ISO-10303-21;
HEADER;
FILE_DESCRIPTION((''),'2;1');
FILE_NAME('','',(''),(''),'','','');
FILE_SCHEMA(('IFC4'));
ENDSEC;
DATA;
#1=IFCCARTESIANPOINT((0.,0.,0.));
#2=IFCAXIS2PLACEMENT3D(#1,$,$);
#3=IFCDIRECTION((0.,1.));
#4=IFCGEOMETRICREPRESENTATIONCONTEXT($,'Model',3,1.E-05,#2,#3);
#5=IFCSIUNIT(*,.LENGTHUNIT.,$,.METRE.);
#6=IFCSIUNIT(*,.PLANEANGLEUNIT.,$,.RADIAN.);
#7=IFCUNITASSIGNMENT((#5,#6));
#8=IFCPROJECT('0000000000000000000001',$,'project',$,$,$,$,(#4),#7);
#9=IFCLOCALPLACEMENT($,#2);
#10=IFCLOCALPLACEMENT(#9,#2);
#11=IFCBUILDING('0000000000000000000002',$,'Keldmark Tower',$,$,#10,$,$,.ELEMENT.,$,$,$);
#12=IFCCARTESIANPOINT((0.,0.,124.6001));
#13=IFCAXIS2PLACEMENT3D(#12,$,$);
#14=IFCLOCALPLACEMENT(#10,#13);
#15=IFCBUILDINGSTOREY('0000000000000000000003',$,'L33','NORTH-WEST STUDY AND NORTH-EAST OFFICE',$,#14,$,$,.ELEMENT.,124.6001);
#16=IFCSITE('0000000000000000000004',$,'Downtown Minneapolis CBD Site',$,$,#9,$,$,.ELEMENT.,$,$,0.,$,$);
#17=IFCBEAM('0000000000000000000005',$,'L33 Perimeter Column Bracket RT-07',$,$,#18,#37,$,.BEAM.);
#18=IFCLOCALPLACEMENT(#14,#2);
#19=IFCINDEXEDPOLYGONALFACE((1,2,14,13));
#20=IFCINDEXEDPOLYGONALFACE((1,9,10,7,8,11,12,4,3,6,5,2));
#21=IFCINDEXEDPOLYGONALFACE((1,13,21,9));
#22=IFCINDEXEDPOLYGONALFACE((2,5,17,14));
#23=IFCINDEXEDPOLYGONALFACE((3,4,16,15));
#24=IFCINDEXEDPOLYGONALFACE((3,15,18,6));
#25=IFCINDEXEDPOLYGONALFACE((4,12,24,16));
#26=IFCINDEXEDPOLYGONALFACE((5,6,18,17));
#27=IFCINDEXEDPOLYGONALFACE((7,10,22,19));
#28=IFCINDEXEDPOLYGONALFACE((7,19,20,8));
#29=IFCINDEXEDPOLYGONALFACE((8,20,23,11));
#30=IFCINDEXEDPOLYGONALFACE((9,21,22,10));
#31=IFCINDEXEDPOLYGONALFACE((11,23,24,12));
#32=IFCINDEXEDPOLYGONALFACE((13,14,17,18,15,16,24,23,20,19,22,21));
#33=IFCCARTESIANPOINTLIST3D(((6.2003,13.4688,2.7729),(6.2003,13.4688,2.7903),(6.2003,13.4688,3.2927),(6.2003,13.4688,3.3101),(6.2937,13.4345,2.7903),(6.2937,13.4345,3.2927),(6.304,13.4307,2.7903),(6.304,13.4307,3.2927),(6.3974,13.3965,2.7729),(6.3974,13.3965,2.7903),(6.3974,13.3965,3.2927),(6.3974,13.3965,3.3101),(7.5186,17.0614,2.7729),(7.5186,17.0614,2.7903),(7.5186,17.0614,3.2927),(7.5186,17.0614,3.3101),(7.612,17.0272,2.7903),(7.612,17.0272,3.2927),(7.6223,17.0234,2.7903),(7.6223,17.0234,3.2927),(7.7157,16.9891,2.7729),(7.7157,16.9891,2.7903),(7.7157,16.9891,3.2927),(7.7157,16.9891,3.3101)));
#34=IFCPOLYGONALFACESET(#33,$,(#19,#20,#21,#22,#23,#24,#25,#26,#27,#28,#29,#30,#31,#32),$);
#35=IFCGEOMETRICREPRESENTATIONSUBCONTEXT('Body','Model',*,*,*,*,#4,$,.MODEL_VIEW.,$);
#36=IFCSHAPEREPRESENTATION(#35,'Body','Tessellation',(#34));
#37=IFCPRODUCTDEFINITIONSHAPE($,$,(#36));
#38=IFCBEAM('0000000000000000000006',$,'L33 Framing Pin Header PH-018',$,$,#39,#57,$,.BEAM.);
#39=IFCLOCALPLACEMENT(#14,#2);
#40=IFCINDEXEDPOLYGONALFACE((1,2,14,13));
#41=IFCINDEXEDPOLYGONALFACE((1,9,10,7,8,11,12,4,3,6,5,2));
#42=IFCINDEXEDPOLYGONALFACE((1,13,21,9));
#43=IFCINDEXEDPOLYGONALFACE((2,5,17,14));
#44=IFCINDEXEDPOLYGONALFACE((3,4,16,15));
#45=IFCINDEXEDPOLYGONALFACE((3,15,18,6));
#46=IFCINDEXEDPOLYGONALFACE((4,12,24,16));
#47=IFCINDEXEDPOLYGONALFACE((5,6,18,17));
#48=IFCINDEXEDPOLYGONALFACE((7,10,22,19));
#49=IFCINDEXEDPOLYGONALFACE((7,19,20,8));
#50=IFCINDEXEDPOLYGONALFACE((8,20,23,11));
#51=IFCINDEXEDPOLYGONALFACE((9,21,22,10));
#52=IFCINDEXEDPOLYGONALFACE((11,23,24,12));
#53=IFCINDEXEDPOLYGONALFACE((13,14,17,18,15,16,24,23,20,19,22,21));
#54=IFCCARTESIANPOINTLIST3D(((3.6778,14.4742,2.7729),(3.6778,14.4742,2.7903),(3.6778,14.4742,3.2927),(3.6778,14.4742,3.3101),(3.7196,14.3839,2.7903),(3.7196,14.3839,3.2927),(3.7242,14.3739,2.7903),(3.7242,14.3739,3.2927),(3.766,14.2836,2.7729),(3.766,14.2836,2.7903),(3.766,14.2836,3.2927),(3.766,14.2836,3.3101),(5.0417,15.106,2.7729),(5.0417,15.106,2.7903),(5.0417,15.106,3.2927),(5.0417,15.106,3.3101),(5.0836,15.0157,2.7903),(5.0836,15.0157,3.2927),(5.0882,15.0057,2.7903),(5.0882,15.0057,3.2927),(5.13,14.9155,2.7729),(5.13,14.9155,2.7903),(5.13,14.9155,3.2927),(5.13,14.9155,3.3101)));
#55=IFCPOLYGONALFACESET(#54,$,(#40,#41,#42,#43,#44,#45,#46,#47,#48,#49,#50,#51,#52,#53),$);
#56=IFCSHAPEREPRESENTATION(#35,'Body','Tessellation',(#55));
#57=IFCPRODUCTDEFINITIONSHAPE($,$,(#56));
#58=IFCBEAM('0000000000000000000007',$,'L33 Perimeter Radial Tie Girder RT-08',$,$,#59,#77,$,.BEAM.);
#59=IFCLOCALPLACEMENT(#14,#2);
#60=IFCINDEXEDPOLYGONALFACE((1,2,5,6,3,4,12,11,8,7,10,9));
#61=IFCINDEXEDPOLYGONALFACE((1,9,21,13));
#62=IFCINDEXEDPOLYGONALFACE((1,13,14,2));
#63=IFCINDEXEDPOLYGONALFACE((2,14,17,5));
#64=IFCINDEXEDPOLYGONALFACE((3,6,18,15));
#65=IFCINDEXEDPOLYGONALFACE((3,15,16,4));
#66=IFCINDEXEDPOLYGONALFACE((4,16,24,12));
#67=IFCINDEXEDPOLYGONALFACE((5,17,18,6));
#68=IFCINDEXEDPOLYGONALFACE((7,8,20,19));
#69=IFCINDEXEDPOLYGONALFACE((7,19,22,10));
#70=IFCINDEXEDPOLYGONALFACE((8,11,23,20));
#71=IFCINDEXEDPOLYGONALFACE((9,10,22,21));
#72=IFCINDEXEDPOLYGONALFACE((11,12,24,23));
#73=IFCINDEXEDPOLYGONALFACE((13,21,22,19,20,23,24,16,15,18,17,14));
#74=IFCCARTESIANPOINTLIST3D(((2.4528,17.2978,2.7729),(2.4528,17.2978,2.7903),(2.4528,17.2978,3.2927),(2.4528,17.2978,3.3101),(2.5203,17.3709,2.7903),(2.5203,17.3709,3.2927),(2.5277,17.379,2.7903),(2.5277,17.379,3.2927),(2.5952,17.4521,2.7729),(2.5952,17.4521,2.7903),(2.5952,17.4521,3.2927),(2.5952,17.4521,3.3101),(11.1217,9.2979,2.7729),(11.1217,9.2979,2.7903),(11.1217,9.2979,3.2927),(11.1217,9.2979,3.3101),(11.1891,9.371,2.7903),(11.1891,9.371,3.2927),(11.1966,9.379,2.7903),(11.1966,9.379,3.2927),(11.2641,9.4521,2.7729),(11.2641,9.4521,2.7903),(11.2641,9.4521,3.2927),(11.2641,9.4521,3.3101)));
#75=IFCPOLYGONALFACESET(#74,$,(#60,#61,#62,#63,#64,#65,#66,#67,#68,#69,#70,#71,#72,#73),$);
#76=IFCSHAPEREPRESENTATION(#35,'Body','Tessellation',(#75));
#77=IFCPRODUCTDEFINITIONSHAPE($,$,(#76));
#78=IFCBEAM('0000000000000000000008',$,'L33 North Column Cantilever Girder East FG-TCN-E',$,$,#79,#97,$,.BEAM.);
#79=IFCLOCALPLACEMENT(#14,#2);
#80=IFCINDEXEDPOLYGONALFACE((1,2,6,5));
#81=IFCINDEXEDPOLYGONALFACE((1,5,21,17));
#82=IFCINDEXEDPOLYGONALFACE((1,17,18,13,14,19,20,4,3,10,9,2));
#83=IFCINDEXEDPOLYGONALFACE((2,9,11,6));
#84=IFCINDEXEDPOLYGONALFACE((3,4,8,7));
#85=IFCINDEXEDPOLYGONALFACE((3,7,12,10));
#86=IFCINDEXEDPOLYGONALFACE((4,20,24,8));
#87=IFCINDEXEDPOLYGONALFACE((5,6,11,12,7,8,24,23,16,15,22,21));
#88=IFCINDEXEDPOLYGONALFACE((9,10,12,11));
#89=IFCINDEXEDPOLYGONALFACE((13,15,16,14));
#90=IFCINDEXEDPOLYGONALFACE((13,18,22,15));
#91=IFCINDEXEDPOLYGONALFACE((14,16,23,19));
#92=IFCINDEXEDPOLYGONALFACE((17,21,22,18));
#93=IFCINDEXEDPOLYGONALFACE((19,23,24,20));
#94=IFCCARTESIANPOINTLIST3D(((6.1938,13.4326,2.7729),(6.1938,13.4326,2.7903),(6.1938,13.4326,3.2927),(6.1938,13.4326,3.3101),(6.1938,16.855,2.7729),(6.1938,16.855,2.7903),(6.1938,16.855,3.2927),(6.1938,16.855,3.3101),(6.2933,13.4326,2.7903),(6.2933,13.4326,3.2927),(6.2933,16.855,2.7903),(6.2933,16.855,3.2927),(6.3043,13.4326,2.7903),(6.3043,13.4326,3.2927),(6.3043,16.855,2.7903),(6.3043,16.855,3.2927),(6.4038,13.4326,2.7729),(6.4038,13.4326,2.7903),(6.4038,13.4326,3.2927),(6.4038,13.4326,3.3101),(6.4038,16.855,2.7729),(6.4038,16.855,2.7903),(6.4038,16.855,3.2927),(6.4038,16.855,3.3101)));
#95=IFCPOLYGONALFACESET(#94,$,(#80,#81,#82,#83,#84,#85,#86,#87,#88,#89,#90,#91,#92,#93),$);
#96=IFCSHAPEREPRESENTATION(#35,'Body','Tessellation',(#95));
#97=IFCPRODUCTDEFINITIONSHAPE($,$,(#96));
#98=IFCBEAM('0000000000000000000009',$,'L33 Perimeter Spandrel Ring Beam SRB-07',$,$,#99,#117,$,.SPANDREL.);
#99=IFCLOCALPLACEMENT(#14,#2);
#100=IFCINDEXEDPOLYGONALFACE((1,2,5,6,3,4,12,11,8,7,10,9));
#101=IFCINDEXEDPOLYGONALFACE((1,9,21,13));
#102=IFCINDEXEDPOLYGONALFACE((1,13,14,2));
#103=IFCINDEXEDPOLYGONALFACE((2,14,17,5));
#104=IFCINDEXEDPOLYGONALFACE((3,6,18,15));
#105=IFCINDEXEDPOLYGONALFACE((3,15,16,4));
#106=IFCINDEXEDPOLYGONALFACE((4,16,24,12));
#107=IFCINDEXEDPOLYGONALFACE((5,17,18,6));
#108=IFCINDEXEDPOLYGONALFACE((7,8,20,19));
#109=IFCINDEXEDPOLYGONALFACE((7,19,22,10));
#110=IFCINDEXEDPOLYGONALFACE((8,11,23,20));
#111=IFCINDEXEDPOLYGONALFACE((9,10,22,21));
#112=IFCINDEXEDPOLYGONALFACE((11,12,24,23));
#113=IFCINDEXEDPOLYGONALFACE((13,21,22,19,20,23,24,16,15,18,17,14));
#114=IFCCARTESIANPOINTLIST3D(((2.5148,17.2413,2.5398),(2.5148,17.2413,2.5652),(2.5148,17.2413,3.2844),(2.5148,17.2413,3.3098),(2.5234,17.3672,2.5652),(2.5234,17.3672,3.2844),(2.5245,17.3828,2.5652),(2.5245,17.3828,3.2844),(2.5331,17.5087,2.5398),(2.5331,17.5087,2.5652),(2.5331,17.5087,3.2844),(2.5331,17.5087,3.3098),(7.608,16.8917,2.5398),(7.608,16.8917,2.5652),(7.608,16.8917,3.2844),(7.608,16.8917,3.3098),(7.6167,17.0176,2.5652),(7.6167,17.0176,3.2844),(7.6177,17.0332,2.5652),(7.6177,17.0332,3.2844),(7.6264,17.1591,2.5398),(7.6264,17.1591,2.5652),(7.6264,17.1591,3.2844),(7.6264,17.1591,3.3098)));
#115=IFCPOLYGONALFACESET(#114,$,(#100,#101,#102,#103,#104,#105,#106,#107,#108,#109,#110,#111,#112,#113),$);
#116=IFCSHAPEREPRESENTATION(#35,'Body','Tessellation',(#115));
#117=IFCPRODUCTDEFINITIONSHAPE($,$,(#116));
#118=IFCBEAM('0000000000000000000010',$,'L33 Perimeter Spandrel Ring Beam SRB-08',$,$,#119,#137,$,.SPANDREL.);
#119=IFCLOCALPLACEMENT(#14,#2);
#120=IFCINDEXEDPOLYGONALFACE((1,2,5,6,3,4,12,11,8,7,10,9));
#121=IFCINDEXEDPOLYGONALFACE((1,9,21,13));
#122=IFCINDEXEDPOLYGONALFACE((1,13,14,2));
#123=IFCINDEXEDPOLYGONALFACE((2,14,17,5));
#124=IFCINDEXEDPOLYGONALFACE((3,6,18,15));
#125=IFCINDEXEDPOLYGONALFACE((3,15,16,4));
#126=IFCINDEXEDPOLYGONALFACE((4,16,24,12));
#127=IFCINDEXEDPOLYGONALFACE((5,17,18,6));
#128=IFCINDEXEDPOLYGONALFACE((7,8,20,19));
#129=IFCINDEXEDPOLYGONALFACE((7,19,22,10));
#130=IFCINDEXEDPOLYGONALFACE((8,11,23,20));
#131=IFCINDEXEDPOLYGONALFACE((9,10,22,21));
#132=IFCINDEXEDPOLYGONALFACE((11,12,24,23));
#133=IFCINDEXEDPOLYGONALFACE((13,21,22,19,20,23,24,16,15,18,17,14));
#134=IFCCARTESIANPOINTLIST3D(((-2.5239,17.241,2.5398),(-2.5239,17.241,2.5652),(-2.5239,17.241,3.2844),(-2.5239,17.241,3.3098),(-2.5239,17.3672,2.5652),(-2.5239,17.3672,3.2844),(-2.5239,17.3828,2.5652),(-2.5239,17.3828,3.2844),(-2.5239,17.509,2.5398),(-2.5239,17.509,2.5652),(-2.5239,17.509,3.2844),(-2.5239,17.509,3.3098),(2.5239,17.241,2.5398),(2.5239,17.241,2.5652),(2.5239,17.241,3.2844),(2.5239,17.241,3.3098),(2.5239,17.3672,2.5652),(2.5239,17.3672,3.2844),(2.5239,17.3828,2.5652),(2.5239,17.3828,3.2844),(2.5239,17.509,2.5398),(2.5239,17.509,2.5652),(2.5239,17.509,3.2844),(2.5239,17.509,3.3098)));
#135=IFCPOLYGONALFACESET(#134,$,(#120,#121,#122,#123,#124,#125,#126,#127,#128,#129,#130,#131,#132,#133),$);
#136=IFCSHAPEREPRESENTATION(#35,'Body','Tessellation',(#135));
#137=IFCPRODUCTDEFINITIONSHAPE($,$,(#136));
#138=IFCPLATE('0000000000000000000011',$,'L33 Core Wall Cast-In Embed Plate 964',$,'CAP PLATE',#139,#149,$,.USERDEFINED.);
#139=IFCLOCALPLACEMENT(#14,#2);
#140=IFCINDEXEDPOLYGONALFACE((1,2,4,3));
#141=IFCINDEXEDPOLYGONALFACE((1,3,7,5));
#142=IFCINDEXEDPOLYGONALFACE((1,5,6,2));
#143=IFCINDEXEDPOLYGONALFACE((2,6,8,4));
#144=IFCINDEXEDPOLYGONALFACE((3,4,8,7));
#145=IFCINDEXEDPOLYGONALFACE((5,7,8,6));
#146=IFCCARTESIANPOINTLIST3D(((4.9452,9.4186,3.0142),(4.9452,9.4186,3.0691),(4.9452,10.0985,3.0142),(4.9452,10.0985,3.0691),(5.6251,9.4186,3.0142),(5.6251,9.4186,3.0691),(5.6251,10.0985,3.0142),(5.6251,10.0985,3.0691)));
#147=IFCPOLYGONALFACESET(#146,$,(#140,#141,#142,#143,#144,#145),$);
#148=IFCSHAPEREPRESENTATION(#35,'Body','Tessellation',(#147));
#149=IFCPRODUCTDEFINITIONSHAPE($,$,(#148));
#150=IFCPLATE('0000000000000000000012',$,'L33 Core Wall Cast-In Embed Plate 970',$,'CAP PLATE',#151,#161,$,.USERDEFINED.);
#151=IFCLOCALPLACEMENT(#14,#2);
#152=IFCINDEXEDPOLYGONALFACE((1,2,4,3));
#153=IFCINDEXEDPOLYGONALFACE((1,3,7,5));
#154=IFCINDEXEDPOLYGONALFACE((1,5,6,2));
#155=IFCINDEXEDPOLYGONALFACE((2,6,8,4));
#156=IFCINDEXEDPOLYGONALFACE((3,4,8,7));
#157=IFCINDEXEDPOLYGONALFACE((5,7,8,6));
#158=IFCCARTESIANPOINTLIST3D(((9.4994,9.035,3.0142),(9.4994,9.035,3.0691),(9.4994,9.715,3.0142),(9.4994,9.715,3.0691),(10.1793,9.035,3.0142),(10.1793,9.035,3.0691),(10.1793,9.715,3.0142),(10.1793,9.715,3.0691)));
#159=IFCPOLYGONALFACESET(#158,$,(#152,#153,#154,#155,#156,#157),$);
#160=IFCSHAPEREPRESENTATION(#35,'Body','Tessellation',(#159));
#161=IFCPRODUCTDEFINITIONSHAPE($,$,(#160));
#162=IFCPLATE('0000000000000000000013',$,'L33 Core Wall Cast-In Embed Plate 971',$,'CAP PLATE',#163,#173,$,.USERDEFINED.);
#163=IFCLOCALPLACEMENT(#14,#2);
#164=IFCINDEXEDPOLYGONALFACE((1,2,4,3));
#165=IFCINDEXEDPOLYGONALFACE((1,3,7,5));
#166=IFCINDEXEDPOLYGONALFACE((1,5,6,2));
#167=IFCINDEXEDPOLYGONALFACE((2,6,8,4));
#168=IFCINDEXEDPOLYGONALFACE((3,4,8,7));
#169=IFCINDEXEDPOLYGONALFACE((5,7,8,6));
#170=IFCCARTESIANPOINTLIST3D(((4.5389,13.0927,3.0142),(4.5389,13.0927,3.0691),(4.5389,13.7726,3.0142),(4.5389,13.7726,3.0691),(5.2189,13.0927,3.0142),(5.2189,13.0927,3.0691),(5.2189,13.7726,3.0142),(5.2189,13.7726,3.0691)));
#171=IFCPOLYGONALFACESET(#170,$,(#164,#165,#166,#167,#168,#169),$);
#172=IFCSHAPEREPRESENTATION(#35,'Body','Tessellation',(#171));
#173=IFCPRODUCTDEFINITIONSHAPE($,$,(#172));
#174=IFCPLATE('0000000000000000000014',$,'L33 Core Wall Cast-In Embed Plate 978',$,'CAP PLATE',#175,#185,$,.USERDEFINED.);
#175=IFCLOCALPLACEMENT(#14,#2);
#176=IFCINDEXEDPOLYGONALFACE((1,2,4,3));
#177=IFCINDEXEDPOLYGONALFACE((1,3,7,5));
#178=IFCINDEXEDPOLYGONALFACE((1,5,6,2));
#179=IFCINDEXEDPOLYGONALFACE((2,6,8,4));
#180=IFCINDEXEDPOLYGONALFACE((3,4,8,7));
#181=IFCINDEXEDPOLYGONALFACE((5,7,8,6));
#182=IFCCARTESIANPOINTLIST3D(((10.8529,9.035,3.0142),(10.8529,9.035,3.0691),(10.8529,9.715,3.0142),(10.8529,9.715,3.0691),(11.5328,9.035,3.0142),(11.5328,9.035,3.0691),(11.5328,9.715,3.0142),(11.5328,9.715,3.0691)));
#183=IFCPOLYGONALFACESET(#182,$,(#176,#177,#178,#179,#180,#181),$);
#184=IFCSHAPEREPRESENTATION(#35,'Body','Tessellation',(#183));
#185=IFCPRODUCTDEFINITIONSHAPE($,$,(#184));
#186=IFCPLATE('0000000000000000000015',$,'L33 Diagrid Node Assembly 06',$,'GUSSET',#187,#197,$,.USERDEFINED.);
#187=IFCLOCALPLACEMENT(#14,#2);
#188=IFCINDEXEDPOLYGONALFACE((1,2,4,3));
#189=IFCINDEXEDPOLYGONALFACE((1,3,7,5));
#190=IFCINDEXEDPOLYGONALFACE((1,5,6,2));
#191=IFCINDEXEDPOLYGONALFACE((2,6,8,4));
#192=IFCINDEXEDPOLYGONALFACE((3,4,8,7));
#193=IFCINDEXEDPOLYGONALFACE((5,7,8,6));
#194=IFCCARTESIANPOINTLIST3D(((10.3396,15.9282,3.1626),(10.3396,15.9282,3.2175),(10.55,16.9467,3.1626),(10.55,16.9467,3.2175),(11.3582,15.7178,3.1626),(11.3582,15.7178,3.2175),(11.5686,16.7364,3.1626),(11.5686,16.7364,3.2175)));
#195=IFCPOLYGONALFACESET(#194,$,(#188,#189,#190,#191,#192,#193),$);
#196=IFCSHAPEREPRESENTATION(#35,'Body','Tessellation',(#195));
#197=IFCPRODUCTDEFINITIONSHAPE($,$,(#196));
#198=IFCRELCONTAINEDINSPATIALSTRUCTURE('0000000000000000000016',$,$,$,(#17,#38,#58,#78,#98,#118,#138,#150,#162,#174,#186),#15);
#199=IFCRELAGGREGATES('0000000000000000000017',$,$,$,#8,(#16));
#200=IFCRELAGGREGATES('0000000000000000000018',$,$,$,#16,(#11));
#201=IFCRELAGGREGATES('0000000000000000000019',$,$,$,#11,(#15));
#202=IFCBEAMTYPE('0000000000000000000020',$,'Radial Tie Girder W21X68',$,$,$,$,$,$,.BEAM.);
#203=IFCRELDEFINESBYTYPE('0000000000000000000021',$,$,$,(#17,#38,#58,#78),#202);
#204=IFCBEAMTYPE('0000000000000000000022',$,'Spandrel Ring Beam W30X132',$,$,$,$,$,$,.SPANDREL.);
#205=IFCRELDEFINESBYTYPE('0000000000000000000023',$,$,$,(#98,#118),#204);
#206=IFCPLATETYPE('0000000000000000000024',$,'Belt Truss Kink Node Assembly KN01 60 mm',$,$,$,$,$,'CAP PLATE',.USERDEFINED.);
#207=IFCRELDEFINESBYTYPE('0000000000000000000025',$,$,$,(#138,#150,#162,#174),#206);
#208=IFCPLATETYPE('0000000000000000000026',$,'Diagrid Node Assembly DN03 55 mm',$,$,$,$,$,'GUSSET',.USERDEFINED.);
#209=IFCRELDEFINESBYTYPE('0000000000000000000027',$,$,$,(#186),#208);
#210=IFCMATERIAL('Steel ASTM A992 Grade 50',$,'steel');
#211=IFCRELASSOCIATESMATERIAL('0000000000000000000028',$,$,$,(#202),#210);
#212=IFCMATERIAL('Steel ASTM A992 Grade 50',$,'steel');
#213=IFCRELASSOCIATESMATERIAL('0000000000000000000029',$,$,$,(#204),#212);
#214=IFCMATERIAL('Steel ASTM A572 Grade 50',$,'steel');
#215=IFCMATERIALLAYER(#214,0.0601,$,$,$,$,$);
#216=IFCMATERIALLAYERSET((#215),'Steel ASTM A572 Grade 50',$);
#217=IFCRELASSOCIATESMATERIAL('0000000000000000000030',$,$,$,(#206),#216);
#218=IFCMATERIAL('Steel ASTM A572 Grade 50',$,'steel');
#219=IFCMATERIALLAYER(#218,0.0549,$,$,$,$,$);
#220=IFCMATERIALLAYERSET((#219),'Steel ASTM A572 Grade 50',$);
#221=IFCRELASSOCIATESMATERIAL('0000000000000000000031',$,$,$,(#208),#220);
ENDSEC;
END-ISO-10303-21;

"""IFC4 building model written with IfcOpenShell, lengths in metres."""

from ifc_helpers import new_model, si_unit, direction, frame, origin, origin_2d, place, context, subcontext, project, spatial, rectangle, i_section, extrude, material, layer, layer_set, material_profile, profile_set, type_object, element, save


model = new_model("IFC4")

# Units and contexts
model_context = context("Model", 3, precision=1e-05, world=origin(), true_north=direction((0.0, 1.0)))
body_context = subcontext(model_context, "Body", "Model", "MODEL_VIEW")
ifc_project = project(units=[si_unit("LENGTHUNIT", "METRE"), si_unit("PLANEANGLEUNIT", "RADIAN")], contexts=[model_context])

# Site, building, storey
site_placement = place(None, origin())
site = spatial("IfcSite", under=ifc_project, at=site_placement, Name="Downtown Minneapolis CBD Site", CompositionType="ELEMENT", RefElevation=0.0)
building_placement = place(site_placement, origin())
building = spatial("IfcBuilding", under=site, at=building_placement, Name="Keldmark Tower", CompositionType="ELEMENT")
storey_placement = place(building_placement, frame((0.0, 0.0, 124.6001)))
storey = spatial("IfcBuildingStorey", under=building, at=storey_placement, Name="L33", Description="NORTH-WEST STUDY AND NORTH-EAST OFFICE", CompositionType="ELEMENT", Elevation=124.6001)

# Beams
ifc_material_1 = material(Name="Steel ASTM A992 Grade 50", Category="steel")
ifc_material_profile_1 = material_profile(ifc_material_1, i_section(OverallWidth=0.21, OverallDepth=0.5371, WebThickness=0.011, FlangeThickness=0.0173, at=origin_2d()), Name="W21X68")
ifc_profile_set_1 = profile_set([ifc_material_profile_1], Name="Steel ASTM A992 Grade 50")
beam_type_1 = type_object("IfcBeamType", Name="Radial Tie Girder W21X68", PredefinedType="BEAM", material=ifc_profile_set_1)
beam_1_placement = place(storey_placement, frame((6.2988, 13.4326, 3.0415), z_axis=(0.344487, 0.938791, 0.0), x_axis=(-0.938791, 0.344487, 0.0)))
element("IfcBeam", 1, at=beam_1_placement, inside=storey, type_object=beam_type_1, Name="L33 Perimeter Column Bracket RT-07", PredefinedType="BEAM", context=body_context, shape_type="SweptSolid", body=[
    extrude(i_section(OverallWidth=0.21, OverallDepth=0.5371, WebThickness=0.011, FlangeThickness=0.0173, at=origin_2d()), origin(), (0.0, 0.0, 1.0), 3.8269),
])
beam_2_placement = place(storey_placement, frame((3.7219, 14.3789, 3.0415), z_axis=(0.907379, 0.420314, 0.0), x_axis=(-0.420314, 0.907379, 0.0)))
element("IfcBeam", 2, at=beam_2_placement, inside=storey, type_object=beam_type_1, Name="L33 Framing Pin Header PH-018", PredefinedType="BEAM", context=body_context, shape_type="SweptSolid", body=[
    extrude(i_section(OverallWidth=0.21, OverallDepth=0.5371, WebThickness=0.011, FlangeThickness=0.0173, at=origin_2d()), origin(), (0.0, 0.0, 1.0), 1.5032),
])
beam_3_placement = place(storey_placement, frame((11.1929, 9.375, 3.0415), z_axis=(-0.734892, 0.678184, 0.0), x_axis=(-0.678184, -0.734892, 0.0)))
element("IfcBeam", 3, at=beam_3_placement, inside=storey, type_object=beam_type_1, Name="L33 Perimeter Radial Tie Girder RT-08", PredefinedType="BEAM", context=body_context, shape_type="SweptSolid", body=[
    extrude(i_section(OverallWidth=0.21, OverallDepth=0.5371, WebThickness=0.011, FlangeThickness=0.0173, at=origin_2d()), origin(), (0.0, 0.0, 1.0), 11.7961),
])
beam_4_placement = place(storey_placement, frame((6.2988, 13.4326, 3.0415), z_axis=(0.0, 1.0, 0.0), x_axis=(-1.0, 0.0, 0.0)))
element("IfcBeam", 4, at=beam_4_placement, inside=storey, type_object=beam_type_1, Name="L33 North Column Cantilever Girder East FG-TCN-E", PredefinedType="BEAM", context=body_context, shape_type="SweptSolid", body=[
    extrude(i_section(OverallWidth=0.21, OverallDepth=0.5371, WebThickness=0.011, FlangeThickness=0.0173, at=origin_2d()), origin(), (0.0, 0.0, 1.0), 3.4224),
])
ifc_material_2 = material(Name="Steel ASTM A992 Grade 50", Category="steel")
ifc_material_profile_2 = material_profile(ifc_material_2, i_section(OverallWidth=0.2681, OverallDepth=0.77, WebThickness=0.0156, FlangeThickness=0.0254, at=origin_2d()), Name="W30X132")
ifc_profile_set_2 = profile_set([ifc_material_profile_2], Name="Steel ASTM A992 Grade 50")
beam_type_2 = type_object("IfcBeamType", Name="Spandrel Ring Beam W30X132", PredefinedType="SPANDREL", material=ifc_profile_set_2)
beam_5_placement = place(storey_placement, frame((7.6172, 17.0254, 2.9248), z_axis=(-0.997652, 0.06848, 0.0), x_axis=(-0.06848, -0.997652, 0.0)))
element("IfcBeam", 5, at=beam_5_placement, inside=storey, type_object=beam_type_2, Name="L33 Perimeter Spandrel Ring Beam SRB-07", PredefinedType="SPANDREL", context=body_context, shape_type="SweptSolid", body=[
    extrude(i_section(OverallWidth=0.2681, OverallDepth=0.77, WebThickness=0.0156, FlangeThickness=0.0254, at=origin_2d()), origin(), (0.0, 0.0, 1.0), 5.1052),
])
beam_6_placement = place(storey_placement, frame((2.5239, 17.375, 2.9248), z_axis=(-1.0, 0.0, 0.0), x_axis=(0.0, -1.0, 0.0)))
element("IfcBeam", 6, at=beam_6_placement, inside=storey, type_object=beam_type_2, Name="L33 Perimeter Spandrel Ring Beam SRB-08", PredefinedType="SPANDREL", context=body_context, shape_type="SweptSolid", body=[
    extrude(i_section(OverallWidth=0.2681, OverallDepth=0.77, WebThickness=0.0156, FlangeThickness=0.0254, at=origin_2d()), origin(), (0.0, 0.0, 1.0), 5.0479),
])

# Plates
ifc_material_3 = material(Name="Steel ASTM A572 Grade 50", Category="steel")
ifc_layer_1 = layer(ifc_material_3, 0.0601)
ifc_layer_set_1 = layer_set([ifc_layer_1], Name="Steel ASTM A572 Grade 50")
plate_type_1 = type_object("IfcPlateType", Name="Belt Truss Kink Node Assembly KN01 60 mm", ElementType="CAP PLATE", PredefinedType="USERDEFINED", material=ifc_layer_set_1)
for number, where, z_axis, x_axis, name in (
    (7, (5.2852, 9.7585, 3.0142), (0.0, 0.0, 1.0), (1.0, 0.0, 0.0), "L33 Core Wall Cast-In Embed Plate 964"),
    (8, (9.8394, 9.375, 3.0142), (0.0, 0.0, 1.0), (1.0, 0.0, 0.0), "L33 Core Wall Cast-In Embed Plate 970"),
    (9, (4.8789, 13.4326, 3.0142), (0.0, 0.0, 1.0), (1.0, 0.0, 0.0), "L33 Core Wall Cast-In Embed Plate 971"),
    (10, (11.1929, 9.375, 3.0142), (0.0, 0.0, 1.0), (1.0, 0.0, 0.0), "L33 Core Wall Cast-In Embed Plate 978"),
):
    element("IfcPlate", number, at=place(storey_placement, frame(where, z_axis=z_axis, x_axis=x_axis)), inside=storey, type_object=plate_type_1, Name=name, ObjectType="CAP PLATE", PredefinedType="USERDEFINED", context=body_context, shape_type="SweptSolid", body=[
        extrude(rectangle(XDim=0.6799, YDim=0.6799, at=origin_2d()), origin(), (0.0, 0.0, 1.0), 0.0549),
    ])
ifc_material_4 = material(Name="Steel ASTM A572 Grade 50", Category="steel")
ifc_layer_2 = layer(ifc_material_4, 0.0549)
ifc_layer_set_2 = layer_set([ifc_layer_2], Name="Steel ASTM A572 Grade 50")
plate_type_2 = type_object("IfcPlateType", Name="Diagrid Node Assembly DN03 55 mm", ElementType="GUSSET", PredefinedType="USERDEFINED", material=ifc_layer_set_2)
for number, where, z_axis, x_axis, name in (
    (11, (10.9541, 16.3323, 3.1626), (0.0, 0.0, 1.0), (-0.979329, 0.202275, 0.0), "L33 Diagrid Node Assembly 06"),
):
    element("IfcPlate", number, at=place(storey_placement, frame(where, z_axis=z_axis, x_axis=x_axis)), inside=storey, type_object=plate_type_2, Name=name, ObjectType="GUSSET", PredefinedType="USERDEFINED", context=body_context, shape_type="SweptSolid", body=[
        extrude(rectangle(XDim=1.04, YDim=1.04, at=origin_2d()), origin(), (0.0, 0.0, 1.0), 0.0549),
    ])

save(model, "model.ifc")
